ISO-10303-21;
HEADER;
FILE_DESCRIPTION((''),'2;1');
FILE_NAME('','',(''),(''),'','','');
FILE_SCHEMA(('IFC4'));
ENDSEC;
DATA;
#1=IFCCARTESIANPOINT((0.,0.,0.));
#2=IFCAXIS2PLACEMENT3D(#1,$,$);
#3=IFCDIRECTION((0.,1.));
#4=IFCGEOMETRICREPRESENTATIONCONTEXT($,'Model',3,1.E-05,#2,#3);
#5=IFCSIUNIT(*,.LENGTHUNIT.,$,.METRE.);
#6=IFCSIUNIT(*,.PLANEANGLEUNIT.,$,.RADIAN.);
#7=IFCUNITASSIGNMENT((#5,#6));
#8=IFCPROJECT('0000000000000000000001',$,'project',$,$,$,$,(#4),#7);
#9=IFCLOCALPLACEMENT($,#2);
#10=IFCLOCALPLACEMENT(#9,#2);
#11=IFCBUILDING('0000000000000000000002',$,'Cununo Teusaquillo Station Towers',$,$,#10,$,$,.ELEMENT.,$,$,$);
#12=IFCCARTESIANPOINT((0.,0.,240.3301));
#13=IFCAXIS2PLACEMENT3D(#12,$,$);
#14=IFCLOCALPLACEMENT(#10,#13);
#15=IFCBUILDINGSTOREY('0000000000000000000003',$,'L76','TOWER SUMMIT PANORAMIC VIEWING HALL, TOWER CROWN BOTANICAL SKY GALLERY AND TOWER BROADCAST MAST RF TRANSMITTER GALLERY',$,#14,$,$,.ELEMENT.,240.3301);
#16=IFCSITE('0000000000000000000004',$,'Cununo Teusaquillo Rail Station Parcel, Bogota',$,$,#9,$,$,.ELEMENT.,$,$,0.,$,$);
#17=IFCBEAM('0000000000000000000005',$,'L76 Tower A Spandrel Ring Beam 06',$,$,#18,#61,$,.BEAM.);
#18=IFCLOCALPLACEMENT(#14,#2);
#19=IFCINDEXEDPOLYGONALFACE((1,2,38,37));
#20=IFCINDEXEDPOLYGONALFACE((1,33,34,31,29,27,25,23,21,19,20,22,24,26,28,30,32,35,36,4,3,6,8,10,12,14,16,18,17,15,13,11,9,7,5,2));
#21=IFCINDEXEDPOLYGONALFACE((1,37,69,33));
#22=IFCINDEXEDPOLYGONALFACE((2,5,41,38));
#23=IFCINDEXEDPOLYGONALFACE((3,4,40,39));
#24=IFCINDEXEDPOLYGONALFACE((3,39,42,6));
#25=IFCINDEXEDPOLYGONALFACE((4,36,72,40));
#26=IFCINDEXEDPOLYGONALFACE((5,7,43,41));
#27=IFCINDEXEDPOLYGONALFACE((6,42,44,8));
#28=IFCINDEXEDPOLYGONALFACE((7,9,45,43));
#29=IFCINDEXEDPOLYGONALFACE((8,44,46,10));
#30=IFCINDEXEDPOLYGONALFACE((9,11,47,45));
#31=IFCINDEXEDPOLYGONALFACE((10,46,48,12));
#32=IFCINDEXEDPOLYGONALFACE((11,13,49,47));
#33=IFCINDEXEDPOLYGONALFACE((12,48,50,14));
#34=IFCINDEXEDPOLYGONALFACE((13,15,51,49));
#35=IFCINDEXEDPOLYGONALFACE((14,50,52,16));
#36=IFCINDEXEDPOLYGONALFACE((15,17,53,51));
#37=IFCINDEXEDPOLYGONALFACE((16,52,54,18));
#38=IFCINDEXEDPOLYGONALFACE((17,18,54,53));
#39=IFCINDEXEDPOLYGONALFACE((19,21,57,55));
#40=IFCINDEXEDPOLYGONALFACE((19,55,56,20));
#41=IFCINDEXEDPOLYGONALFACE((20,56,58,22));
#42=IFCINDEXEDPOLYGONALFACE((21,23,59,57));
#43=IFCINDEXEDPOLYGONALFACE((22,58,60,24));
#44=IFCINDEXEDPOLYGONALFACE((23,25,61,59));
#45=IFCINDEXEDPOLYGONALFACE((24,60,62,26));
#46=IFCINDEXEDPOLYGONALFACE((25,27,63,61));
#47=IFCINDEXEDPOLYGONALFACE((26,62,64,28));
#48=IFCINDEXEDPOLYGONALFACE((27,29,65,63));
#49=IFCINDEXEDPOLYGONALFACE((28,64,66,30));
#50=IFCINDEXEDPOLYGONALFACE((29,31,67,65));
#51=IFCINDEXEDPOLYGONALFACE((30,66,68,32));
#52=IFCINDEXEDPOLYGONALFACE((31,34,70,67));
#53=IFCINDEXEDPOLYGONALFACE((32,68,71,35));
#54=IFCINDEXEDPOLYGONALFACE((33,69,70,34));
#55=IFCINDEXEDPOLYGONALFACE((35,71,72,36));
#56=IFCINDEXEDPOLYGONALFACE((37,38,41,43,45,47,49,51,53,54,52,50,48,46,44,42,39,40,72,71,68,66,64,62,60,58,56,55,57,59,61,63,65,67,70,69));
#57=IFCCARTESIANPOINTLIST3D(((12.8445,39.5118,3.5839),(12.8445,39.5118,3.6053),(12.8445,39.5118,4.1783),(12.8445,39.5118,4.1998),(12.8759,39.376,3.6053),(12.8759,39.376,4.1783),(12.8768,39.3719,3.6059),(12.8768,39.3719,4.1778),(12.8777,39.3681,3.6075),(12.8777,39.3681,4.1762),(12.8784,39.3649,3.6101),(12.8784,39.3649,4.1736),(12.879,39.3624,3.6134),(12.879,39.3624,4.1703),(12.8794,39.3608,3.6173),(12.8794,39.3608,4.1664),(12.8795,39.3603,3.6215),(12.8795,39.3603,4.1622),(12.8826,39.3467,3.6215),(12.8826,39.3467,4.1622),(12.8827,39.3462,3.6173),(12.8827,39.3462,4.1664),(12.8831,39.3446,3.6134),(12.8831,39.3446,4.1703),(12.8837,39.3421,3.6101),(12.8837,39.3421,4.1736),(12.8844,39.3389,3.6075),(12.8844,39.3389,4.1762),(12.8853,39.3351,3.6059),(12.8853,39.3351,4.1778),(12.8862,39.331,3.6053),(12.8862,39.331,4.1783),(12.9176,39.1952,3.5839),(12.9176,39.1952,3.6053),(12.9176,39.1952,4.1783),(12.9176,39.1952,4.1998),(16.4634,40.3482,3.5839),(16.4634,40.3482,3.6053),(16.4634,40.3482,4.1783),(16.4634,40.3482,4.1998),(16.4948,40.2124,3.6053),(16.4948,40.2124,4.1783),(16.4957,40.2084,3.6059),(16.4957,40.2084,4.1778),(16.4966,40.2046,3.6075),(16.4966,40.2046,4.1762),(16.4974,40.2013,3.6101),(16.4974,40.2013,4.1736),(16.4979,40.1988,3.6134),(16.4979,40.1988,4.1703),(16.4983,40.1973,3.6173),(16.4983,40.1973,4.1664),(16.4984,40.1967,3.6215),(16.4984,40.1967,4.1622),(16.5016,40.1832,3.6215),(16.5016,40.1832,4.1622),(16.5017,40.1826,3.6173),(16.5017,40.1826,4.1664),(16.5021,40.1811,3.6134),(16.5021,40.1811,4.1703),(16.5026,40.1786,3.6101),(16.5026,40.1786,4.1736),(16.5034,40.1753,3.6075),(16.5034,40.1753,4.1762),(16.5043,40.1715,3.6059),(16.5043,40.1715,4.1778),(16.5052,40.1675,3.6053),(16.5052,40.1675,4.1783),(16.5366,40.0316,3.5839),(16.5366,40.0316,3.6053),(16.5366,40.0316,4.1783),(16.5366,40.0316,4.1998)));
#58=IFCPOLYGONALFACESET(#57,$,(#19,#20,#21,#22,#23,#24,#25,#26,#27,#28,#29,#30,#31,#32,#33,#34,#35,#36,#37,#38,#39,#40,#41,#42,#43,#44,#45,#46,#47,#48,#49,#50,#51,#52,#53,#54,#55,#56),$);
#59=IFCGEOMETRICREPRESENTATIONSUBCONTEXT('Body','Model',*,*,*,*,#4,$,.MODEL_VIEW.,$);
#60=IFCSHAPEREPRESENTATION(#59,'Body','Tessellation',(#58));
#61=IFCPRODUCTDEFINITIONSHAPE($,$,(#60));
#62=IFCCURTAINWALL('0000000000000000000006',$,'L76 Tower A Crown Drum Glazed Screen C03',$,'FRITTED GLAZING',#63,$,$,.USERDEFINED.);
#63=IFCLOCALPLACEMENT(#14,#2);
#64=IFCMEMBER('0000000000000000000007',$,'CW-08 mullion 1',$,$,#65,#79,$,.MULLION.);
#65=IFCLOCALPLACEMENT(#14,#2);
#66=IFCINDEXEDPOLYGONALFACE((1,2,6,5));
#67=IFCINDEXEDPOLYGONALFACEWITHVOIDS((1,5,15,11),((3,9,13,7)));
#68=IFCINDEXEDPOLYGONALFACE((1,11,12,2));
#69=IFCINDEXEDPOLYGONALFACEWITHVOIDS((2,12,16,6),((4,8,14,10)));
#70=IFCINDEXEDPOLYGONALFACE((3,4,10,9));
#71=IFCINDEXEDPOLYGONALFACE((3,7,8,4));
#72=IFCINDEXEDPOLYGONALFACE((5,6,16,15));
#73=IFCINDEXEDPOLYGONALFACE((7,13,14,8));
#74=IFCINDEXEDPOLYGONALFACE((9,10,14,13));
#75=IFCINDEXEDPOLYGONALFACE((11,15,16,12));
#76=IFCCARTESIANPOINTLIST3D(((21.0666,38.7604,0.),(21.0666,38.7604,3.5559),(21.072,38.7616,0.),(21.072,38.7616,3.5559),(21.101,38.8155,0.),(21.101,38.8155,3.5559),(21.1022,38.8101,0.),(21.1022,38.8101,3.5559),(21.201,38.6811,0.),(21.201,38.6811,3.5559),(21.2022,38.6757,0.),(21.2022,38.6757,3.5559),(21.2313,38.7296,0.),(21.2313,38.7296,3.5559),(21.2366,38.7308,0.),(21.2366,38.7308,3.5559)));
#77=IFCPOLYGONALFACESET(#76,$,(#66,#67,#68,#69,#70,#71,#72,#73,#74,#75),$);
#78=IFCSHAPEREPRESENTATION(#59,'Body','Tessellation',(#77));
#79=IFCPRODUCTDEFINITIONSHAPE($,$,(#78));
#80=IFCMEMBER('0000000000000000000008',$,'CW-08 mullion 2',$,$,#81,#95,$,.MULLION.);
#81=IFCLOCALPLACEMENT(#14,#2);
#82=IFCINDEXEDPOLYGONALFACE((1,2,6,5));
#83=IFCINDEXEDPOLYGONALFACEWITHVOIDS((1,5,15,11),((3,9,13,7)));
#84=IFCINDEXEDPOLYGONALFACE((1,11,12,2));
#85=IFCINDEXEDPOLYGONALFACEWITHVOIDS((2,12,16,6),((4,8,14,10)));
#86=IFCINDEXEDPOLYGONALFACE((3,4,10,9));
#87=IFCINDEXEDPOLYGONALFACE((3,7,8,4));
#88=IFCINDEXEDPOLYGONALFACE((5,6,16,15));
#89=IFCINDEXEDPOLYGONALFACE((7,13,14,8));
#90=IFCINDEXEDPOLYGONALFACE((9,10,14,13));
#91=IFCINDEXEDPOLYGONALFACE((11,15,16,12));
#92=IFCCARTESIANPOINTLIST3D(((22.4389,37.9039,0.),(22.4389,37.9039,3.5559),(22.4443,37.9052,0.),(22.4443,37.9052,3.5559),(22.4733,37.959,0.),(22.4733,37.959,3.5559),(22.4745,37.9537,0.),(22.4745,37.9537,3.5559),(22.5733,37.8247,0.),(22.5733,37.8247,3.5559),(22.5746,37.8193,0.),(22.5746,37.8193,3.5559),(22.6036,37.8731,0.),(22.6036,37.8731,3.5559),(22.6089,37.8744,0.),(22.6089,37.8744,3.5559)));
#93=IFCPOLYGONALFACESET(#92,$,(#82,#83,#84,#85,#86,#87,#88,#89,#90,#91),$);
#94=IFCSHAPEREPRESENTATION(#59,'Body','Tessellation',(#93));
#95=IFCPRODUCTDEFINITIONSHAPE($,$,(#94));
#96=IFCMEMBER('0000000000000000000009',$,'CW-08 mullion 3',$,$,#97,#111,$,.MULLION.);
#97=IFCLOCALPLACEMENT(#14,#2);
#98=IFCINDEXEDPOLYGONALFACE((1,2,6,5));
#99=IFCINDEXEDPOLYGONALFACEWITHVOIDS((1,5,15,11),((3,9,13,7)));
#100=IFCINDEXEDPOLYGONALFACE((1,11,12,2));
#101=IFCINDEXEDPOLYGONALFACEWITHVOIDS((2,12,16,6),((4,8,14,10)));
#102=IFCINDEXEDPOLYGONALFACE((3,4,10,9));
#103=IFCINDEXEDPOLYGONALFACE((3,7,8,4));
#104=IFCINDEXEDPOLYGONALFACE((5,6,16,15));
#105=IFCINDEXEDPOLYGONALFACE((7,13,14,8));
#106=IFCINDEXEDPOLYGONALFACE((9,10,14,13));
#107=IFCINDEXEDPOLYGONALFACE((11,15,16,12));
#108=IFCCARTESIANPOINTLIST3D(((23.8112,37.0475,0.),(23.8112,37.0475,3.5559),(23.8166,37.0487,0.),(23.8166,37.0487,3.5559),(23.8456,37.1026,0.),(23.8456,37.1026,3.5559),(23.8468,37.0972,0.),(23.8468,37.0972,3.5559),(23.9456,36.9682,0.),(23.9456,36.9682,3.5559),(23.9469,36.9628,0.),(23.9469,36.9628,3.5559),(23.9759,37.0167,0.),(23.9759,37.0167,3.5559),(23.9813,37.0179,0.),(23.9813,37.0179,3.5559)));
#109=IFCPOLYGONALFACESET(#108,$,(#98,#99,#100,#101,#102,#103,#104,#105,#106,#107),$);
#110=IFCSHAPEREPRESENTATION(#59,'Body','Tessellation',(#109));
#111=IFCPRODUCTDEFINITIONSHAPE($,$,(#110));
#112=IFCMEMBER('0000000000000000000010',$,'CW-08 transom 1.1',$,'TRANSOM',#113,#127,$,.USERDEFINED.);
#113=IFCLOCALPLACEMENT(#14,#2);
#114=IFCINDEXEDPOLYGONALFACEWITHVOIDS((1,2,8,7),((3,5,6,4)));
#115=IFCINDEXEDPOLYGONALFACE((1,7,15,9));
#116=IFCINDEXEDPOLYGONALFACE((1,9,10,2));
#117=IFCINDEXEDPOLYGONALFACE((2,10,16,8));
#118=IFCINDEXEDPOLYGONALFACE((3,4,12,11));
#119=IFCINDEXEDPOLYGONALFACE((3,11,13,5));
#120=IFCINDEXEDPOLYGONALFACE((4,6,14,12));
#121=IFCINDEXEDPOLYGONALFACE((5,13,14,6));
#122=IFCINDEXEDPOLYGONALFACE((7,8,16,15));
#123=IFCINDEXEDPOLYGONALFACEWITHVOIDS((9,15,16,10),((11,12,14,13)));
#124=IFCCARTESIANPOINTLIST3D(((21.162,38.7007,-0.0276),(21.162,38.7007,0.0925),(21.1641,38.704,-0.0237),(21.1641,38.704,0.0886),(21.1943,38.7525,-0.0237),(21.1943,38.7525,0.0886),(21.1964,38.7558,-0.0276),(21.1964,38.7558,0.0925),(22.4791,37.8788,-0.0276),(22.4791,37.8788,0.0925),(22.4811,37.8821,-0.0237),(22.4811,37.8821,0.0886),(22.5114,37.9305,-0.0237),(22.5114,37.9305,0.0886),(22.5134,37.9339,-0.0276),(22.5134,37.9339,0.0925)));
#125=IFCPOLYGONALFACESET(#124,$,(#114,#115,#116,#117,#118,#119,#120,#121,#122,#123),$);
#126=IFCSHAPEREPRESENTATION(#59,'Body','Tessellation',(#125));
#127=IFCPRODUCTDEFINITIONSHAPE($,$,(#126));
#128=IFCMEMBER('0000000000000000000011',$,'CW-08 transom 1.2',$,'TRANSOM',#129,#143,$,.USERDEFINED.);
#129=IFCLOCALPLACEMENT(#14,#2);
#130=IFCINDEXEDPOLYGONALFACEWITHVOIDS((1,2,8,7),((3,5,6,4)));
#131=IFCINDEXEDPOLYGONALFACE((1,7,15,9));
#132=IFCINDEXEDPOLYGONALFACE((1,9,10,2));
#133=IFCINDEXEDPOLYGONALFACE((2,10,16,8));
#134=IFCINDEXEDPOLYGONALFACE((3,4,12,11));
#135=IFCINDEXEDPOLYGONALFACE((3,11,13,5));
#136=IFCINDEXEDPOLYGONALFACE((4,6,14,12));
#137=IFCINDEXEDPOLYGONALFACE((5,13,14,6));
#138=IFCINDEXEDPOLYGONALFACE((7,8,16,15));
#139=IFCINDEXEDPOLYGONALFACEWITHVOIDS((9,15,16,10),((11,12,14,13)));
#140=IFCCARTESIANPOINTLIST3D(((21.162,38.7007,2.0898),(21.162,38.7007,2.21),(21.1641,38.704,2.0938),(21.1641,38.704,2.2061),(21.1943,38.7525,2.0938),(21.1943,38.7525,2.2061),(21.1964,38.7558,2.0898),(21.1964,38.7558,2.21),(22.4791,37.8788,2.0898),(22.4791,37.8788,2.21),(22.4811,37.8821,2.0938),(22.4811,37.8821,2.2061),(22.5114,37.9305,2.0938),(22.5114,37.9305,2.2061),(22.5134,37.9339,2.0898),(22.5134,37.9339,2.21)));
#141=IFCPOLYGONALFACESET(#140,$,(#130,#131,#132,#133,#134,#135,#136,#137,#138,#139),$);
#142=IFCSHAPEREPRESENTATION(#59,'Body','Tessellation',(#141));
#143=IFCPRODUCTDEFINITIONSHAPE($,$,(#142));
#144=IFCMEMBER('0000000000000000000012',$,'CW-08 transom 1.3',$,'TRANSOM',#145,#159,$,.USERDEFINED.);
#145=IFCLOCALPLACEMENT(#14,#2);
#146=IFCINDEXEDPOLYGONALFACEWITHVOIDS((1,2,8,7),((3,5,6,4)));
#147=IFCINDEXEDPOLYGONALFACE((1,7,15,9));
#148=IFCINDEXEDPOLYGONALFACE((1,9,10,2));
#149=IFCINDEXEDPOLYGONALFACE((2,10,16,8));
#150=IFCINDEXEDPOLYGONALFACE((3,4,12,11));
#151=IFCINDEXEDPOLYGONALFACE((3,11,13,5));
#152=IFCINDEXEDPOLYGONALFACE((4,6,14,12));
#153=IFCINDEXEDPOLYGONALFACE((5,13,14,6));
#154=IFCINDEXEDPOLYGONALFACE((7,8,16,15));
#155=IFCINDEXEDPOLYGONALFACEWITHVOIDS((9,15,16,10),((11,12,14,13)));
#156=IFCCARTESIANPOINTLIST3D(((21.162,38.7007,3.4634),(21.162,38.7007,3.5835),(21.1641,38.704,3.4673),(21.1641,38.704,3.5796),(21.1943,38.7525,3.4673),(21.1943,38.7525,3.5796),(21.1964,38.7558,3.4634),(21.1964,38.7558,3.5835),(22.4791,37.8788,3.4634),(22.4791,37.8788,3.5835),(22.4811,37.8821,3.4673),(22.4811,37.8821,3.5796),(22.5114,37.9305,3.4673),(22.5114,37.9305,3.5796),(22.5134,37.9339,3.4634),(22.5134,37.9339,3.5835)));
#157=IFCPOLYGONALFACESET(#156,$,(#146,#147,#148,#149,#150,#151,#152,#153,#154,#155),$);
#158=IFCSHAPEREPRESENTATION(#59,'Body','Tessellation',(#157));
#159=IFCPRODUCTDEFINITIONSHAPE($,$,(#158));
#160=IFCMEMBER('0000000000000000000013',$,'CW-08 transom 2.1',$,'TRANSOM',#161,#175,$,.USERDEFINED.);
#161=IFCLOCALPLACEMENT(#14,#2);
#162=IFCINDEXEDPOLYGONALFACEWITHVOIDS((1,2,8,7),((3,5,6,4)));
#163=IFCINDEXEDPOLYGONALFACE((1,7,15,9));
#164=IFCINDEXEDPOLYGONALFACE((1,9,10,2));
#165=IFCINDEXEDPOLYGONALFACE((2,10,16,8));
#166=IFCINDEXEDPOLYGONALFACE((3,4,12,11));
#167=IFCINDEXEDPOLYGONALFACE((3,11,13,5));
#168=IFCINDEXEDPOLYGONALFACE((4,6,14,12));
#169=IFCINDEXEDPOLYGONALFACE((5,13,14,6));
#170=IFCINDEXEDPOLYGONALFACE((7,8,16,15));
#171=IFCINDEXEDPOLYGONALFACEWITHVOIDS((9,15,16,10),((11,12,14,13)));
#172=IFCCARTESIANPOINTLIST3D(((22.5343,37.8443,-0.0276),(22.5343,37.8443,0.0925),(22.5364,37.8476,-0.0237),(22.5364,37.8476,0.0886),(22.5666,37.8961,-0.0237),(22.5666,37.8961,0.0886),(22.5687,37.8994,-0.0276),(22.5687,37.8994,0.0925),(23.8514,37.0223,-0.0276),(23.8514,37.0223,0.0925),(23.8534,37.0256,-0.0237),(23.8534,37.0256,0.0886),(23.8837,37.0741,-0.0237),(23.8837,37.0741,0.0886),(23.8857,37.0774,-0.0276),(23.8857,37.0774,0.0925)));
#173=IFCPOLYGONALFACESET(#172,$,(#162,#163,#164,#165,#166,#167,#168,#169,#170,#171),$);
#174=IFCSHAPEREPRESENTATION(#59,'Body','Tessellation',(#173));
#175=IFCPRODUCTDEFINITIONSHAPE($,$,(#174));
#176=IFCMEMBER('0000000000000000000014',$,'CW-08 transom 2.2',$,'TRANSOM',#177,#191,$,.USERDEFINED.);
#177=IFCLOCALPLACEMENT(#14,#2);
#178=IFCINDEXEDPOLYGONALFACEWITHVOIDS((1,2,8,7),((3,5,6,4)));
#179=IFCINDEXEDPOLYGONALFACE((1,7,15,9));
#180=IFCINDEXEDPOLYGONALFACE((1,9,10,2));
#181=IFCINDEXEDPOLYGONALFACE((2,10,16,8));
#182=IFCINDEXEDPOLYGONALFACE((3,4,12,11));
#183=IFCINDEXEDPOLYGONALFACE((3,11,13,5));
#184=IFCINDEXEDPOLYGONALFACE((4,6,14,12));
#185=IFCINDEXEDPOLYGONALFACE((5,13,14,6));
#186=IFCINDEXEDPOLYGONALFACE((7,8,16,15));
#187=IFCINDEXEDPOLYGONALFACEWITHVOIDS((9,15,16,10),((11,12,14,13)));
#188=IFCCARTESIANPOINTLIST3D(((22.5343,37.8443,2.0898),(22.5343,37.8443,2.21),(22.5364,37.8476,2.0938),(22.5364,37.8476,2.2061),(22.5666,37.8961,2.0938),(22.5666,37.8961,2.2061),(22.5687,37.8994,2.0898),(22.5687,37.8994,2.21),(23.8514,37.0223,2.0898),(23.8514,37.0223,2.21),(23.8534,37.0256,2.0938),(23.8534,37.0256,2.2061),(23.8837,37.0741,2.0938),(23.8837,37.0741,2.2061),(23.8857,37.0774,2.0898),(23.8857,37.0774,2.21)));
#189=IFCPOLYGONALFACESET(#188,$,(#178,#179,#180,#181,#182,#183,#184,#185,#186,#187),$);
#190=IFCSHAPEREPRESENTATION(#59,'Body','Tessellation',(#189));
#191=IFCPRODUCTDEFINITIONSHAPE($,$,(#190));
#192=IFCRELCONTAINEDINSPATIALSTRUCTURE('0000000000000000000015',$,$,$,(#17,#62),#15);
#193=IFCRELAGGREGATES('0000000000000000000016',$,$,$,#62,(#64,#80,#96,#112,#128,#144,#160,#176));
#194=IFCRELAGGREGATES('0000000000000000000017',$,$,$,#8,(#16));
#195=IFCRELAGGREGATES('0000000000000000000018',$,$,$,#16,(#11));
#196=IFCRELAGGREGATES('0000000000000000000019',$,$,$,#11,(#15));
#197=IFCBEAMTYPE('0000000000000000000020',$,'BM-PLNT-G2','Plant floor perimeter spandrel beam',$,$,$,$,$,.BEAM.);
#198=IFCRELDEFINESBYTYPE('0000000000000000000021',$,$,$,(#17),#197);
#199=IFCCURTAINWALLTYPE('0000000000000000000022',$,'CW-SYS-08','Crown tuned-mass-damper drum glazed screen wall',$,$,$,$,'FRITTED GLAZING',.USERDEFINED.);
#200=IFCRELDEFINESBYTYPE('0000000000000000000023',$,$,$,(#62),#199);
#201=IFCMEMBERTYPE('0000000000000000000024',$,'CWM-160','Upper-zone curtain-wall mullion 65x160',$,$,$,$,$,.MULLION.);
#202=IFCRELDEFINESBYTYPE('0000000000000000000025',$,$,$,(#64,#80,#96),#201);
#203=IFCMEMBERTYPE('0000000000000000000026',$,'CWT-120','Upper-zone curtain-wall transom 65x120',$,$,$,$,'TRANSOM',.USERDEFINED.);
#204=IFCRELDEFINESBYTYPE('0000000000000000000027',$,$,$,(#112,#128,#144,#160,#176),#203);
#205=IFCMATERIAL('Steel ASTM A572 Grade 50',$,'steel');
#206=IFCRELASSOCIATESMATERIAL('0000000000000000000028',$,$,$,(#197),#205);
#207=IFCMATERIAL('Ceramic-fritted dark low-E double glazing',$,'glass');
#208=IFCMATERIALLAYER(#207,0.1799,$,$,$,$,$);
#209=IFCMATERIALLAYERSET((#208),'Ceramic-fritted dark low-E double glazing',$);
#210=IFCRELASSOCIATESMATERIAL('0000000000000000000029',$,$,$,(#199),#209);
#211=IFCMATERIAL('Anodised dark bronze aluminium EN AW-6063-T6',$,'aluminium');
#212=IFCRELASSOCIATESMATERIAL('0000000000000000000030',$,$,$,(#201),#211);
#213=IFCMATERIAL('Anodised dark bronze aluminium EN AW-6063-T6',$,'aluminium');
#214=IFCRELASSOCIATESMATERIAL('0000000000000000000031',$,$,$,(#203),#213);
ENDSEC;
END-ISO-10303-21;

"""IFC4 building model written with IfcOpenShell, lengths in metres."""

from ifc_helpers import new_model, si_unit, direction, frame, origin, origin_2d, place, context, subcontext, project, spatial, hollow_rectangle, i_section, extrude, material, layer, layer_set, material_profile, profile_set, type_object, element, aggregate, save


model = new_model("IFC4")

# Units and contexts
model_context = context("Model", 3, precision=1e-05, world=origin(), true_north=direction((0.0, 1.0)))
body_context = subcontext(model_context, "Body", "Model", "MODEL_VIEW")
ifc_project = project(units=[si_unit("LENGTHUNIT", "METRE"), si_unit("PLANEANGLEUNIT", "RADIAN")], contexts=[model_context])

# Site, building, storey
site_placement = place(None, origin())
site = spatial("IfcSite", under=ifc_project, at=site_placement, Name="Cununo Teusaquillo Rail Station Parcel, Bogota", CompositionType="ELEMENT", RefElevation=0.0)
building_placement = place(site_placement, origin())
building = spatial("IfcBuilding", under=site, at=building_placement, Name="Cununo Teusaquillo Station Towers", CompositionType="ELEMENT")
storey_placement = place(building_placement, frame((0.0, 0.0, 240.3301)))
storey = spatial("IfcBuildingStorey", under=building, at=storey_placement, Name="L76", Description="TOWER SUMMIT PANORAMIC VIEWING HALL, TOWER CROWN BOTANICAL SKY GALLERY AND TOWER BROADCAST MAST RF TRANSMITTER GALLERY", CompositionType="ELEMENT", Elevation=240.3301)

# Beam
ifc_material_1 = material(Name="Steel ASTM A572 Grade 50", Category="steel")
ifc_material_profile_1 = material_profile(ifc_material_1, i_section(OverallWidth=0.325, OverallDepth=0.616, WebThickness=0.0139, FlangeThickness=0.0215, FilletRadius=0.0161, at=origin_2d()), Name="W24X117")
ifc_profile_set_1 = profile_set([ifc_material_profile_1], Name="Steel ASTM A572 Grade 50")
beam_type_1 = type_object("IfcBeamType", Name="BM-PLNT-G2", Description="Plant floor perimeter spandrel beam", PredefinedType="BEAM", material=ifc_profile_set_1)
for number, where, z_axis, x_axis, name in (
    (1, (16.5, 40.1899, 3.8918), (-0.974315, -0.225191, 0.0), (0.225191, -0.974315, 0.0), "L76 Tower A Spandrel Ring Beam 06"),
):
    element("IfcBeam", number, at=place(storey_placement, frame(where, z_axis=z_axis, x_axis=x_axis)), inside=storey, type_object=beam_type_1, Name=name, PredefinedType="BEAM", context=body_context, shape_type="SweptSolid", body=[
        extrude(i_section(OverallWidth=0.325, OverallDepth=0.616, WebThickness=0.0139, FlangeThickness=0.0215, FilletRadius=0.0161, at=origin_2d()), origin(), (0.0, 0.0, 1.0), 3.7144),
    ])

# Curtain wall, members
ifc_material_2 = material(Name="Ceramic-fritted dark low-E double glazing", Category="glass")
ifc_layer_1 = layer(ifc_material_2, 0.1799)
ifc_layer_set_1 = layer_set([ifc_layer_1], Name="Ceramic-fritted dark low-E double glazing")
curtain_wall_type = type_object("IfcCurtainWallType", Name="CW-SYS-08", Description="Crown tuned-mass-damper drum glazed screen wall", ElementType="FRITTED GLAZING", PredefinedType="USERDEFINED", material=ifc_layer_set_1)
curtain_wall_placement = place(storey_placement, origin())
curtain_wall = element("IfcCurtainWall", 2, at=curtain_wall_placement, inside=storey, type_object=curtain_wall_type, Name="L76 Tower A Crown Drum Glazed Screen C03", ObjectType="FRITTED GLAZING", PredefinedType="USERDEFINED")
ifc_material_3 = material(Name="Anodised dark bronze aluminium EN AW-6063-T6", Category="aluminium")
ifc_material_profile_2 = material_profile(ifc_material_3, hollow_rectangle(XDim=0.0649, YDim=0.1599, WallThickness=0.0039, at=origin_2d()), Name="CW-MULL-65x160")
ifc_profile_set_2 = profile_set([ifc_material_profile_2], Name="Anodised dark bronze aluminium EN AW-6063-T6")
member_type_1 = type_object("IfcMemberType", Name="CWM-160", Description="Upper-zone curtain-wall mullion 65x160", PredefinedType="MULLION", material=ifc_profile_set_2)
member_1_placement = place(storey_placement, frame((21.1516, 38.7456, 0.0), z_axis=(0.0, 0.0, 1.0), x_axis=(0.529451, 0.84834, 0.0)))
member_1 = element("IfcMember", 3, at=member_1_placement, type_object=member_type_1, Name="CW-08 mullion 1", PredefinedType="MULLION", context=body_context, shape_type="SweptSolid", body=[
    extrude(hollow_rectangle(XDim=0.0649, YDim=0.1599, WallThickness=0.0039, at=origin_2d()), origin(), (0.0, 0.0, 1.0), 3.5559),
])
member_2_placement = place(storey_placement, frame((22.5239, 37.8892, 0.0), z_axis=(0.0, 0.0, 1.0), x_axis=(0.529451, 0.84834, 0.0)))
member_2 = element("IfcMember", 4, at=member_2_placement, type_object=member_type_1, Name="CW-08 mullion 2", PredefinedType="MULLION", context=body_context, shape_type="SweptSolid", body=[
    extrude(hollow_rectangle(XDim=0.0649, YDim=0.1599, WallThickness=0.0039, at=origin_2d()), origin(), (0.0, 0.0, 1.0), 3.5559),
])
member_3_placement = place(storey_placement, frame((23.8962, 37.0327, 0.0), z_axis=(0.0, 0.0, 1.0), x_axis=(0.529451, 0.84834, 0.0)))
member_3 = element("IfcMember", 5, at=member_3_placement, type_object=member_type_1, Name="CW-08 mullion 3", PredefinedType="MULLION", context=body_context, shape_type="SweptSolid", body=[
    extrude(hollow_rectangle(XDim=0.0649, YDim=0.1599, WallThickness=0.0039, at=origin_2d()), origin(), (0.0, 0.0, 1.0), 3.5559),
])
ifc_material_4 = material(Name="Anodised dark bronze aluminium EN AW-6063-T6", Category="aluminium")
ifc_material_profile_3 = material_profile(ifc_material_4, hollow_rectangle(XDim=0.0649, YDim=0.1201, WallThickness=0.0039, at=origin_2d()), Name="CW-TRAN-65x120")
ifc_profile_set_3 = profile_set([ifc_material_profile_3], Name="Anodised dark bronze aluminium EN AW-6063-T6")
member_type_2 = type_object("IfcMemberType", Name="CWT-120", Description="Upper-zone curtain-wall transom 65x120", ElementType="TRANSOM", PredefinedType="USERDEFINED", material=ifc_profile_set_3)
member_4_placement = place(storey_placement, frame((21.1792, 38.7283, 0.0325), z_axis=(0.848343, -0.529448, 0.0), x_axis=(0.529448, 0.848343, 0.0)))
member_4 = element("IfcMember", 6, at=member_4_placement, type_object=member_type_2, Name="CW-08 transom 1.1", ObjectType="TRANSOM", PredefinedType="USERDEFINED", context=body_context, shape_type="SweptSolid", body=[
    extrude(hollow_rectangle(XDim=0.0649, YDim=0.1201, WallThickness=0.0039, at=origin_2d()), origin(), (0.0, 0.0, 1.0), 1.5525),
])
member_5_placement = place(storey_placement, frame((21.1792, 38.7283, 2.1499), z_axis=(0.848343, -0.529448, 0.0), x_axis=(0.529448, 0.848343, 0.0)))
member_5 = element("IfcMember", 7, at=member_5_placement, type_object=member_type_2, Name="CW-08 transom 1.2", ObjectType="TRANSOM", PredefinedType="USERDEFINED", context=body_context, shape_type="SweptSolid", body=[
    extrude(hollow_rectangle(XDim=0.0649, YDim=0.1201, WallThickness=0.0039, at=origin_2d()), origin(), (0.0, 0.0, 1.0), 1.5525),
])
member_6_placement = place(storey_placement, frame((21.1792, 38.7283, 3.5234), z_axis=(0.848343, -0.529448, 0.0), x_axis=(0.529448, 0.848343, 0.0)))
member_6 = element("IfcMember", 8, at=member_6_placement, type_object=member_type_2, Name="CW-08 transom 1.3", ObjectType="TRANSOM", PredefinedType="USERDEFINED", context=body_context, shape_type="SweptSolid", body=[
    extrude(hollow_rectangle(XDim=0.0649, YDim=0.1201, WallThickness=0.0039, at=origin_2d()), origin(), (0.0, 0.0, 1.0), 1.5525),
])
member_7_placement = place(storey_placement, frame((22.5515, 37.8718, 0.0325), z_axis=(0.848343, -0.529448, 0.0), x_axis=(0.529448, 0.848343, 0.0)))
member_7 = element("IfcMember", 9, at=member_7_placement, type_object=member_type_2, Name="CW-08 transom 2.1", ObjectType="TRANSOM", PredefinedType="USERDEFINED", context=body_context, shape_type="SweptSolid", body=[
    extrude(hollow_rectangle(XDim=0.0649, YDim=0.1201, WallThickness=0.0039, at=origin_2d()), origin(), (0.0, 0.0, 1.0), 1.5525),
])
member_8_placement = place(storey_placement, frame((22.5515, 37.8718, 2.1499), z_axis=(0.848343, -0.529448, 0.0), x_axis=(0.529448, 0.848343, 0.0)))
member_8 = element("IfcMember", 10, at=member_8_placement, type_object=member_type_2, Name="CW-08 transom 2.2", ObjectType="TRANSOM", PredefinedType="USERDEFINED", context=body_context, shape_type="SweptSolid", body=[
    extrude(hollow_rectangle(XDim=0.0649, YDim=0.1201, WallThickness=0.0039, at=origin_2d()), origin(), (0.0, 0.0, 1.0), 1.5525),
])

aggregate(curtain_wall, [member_1, member_2, member_3, member_4, member_5, member_6, member_7, member_8])

save(model, "model.ifc")
